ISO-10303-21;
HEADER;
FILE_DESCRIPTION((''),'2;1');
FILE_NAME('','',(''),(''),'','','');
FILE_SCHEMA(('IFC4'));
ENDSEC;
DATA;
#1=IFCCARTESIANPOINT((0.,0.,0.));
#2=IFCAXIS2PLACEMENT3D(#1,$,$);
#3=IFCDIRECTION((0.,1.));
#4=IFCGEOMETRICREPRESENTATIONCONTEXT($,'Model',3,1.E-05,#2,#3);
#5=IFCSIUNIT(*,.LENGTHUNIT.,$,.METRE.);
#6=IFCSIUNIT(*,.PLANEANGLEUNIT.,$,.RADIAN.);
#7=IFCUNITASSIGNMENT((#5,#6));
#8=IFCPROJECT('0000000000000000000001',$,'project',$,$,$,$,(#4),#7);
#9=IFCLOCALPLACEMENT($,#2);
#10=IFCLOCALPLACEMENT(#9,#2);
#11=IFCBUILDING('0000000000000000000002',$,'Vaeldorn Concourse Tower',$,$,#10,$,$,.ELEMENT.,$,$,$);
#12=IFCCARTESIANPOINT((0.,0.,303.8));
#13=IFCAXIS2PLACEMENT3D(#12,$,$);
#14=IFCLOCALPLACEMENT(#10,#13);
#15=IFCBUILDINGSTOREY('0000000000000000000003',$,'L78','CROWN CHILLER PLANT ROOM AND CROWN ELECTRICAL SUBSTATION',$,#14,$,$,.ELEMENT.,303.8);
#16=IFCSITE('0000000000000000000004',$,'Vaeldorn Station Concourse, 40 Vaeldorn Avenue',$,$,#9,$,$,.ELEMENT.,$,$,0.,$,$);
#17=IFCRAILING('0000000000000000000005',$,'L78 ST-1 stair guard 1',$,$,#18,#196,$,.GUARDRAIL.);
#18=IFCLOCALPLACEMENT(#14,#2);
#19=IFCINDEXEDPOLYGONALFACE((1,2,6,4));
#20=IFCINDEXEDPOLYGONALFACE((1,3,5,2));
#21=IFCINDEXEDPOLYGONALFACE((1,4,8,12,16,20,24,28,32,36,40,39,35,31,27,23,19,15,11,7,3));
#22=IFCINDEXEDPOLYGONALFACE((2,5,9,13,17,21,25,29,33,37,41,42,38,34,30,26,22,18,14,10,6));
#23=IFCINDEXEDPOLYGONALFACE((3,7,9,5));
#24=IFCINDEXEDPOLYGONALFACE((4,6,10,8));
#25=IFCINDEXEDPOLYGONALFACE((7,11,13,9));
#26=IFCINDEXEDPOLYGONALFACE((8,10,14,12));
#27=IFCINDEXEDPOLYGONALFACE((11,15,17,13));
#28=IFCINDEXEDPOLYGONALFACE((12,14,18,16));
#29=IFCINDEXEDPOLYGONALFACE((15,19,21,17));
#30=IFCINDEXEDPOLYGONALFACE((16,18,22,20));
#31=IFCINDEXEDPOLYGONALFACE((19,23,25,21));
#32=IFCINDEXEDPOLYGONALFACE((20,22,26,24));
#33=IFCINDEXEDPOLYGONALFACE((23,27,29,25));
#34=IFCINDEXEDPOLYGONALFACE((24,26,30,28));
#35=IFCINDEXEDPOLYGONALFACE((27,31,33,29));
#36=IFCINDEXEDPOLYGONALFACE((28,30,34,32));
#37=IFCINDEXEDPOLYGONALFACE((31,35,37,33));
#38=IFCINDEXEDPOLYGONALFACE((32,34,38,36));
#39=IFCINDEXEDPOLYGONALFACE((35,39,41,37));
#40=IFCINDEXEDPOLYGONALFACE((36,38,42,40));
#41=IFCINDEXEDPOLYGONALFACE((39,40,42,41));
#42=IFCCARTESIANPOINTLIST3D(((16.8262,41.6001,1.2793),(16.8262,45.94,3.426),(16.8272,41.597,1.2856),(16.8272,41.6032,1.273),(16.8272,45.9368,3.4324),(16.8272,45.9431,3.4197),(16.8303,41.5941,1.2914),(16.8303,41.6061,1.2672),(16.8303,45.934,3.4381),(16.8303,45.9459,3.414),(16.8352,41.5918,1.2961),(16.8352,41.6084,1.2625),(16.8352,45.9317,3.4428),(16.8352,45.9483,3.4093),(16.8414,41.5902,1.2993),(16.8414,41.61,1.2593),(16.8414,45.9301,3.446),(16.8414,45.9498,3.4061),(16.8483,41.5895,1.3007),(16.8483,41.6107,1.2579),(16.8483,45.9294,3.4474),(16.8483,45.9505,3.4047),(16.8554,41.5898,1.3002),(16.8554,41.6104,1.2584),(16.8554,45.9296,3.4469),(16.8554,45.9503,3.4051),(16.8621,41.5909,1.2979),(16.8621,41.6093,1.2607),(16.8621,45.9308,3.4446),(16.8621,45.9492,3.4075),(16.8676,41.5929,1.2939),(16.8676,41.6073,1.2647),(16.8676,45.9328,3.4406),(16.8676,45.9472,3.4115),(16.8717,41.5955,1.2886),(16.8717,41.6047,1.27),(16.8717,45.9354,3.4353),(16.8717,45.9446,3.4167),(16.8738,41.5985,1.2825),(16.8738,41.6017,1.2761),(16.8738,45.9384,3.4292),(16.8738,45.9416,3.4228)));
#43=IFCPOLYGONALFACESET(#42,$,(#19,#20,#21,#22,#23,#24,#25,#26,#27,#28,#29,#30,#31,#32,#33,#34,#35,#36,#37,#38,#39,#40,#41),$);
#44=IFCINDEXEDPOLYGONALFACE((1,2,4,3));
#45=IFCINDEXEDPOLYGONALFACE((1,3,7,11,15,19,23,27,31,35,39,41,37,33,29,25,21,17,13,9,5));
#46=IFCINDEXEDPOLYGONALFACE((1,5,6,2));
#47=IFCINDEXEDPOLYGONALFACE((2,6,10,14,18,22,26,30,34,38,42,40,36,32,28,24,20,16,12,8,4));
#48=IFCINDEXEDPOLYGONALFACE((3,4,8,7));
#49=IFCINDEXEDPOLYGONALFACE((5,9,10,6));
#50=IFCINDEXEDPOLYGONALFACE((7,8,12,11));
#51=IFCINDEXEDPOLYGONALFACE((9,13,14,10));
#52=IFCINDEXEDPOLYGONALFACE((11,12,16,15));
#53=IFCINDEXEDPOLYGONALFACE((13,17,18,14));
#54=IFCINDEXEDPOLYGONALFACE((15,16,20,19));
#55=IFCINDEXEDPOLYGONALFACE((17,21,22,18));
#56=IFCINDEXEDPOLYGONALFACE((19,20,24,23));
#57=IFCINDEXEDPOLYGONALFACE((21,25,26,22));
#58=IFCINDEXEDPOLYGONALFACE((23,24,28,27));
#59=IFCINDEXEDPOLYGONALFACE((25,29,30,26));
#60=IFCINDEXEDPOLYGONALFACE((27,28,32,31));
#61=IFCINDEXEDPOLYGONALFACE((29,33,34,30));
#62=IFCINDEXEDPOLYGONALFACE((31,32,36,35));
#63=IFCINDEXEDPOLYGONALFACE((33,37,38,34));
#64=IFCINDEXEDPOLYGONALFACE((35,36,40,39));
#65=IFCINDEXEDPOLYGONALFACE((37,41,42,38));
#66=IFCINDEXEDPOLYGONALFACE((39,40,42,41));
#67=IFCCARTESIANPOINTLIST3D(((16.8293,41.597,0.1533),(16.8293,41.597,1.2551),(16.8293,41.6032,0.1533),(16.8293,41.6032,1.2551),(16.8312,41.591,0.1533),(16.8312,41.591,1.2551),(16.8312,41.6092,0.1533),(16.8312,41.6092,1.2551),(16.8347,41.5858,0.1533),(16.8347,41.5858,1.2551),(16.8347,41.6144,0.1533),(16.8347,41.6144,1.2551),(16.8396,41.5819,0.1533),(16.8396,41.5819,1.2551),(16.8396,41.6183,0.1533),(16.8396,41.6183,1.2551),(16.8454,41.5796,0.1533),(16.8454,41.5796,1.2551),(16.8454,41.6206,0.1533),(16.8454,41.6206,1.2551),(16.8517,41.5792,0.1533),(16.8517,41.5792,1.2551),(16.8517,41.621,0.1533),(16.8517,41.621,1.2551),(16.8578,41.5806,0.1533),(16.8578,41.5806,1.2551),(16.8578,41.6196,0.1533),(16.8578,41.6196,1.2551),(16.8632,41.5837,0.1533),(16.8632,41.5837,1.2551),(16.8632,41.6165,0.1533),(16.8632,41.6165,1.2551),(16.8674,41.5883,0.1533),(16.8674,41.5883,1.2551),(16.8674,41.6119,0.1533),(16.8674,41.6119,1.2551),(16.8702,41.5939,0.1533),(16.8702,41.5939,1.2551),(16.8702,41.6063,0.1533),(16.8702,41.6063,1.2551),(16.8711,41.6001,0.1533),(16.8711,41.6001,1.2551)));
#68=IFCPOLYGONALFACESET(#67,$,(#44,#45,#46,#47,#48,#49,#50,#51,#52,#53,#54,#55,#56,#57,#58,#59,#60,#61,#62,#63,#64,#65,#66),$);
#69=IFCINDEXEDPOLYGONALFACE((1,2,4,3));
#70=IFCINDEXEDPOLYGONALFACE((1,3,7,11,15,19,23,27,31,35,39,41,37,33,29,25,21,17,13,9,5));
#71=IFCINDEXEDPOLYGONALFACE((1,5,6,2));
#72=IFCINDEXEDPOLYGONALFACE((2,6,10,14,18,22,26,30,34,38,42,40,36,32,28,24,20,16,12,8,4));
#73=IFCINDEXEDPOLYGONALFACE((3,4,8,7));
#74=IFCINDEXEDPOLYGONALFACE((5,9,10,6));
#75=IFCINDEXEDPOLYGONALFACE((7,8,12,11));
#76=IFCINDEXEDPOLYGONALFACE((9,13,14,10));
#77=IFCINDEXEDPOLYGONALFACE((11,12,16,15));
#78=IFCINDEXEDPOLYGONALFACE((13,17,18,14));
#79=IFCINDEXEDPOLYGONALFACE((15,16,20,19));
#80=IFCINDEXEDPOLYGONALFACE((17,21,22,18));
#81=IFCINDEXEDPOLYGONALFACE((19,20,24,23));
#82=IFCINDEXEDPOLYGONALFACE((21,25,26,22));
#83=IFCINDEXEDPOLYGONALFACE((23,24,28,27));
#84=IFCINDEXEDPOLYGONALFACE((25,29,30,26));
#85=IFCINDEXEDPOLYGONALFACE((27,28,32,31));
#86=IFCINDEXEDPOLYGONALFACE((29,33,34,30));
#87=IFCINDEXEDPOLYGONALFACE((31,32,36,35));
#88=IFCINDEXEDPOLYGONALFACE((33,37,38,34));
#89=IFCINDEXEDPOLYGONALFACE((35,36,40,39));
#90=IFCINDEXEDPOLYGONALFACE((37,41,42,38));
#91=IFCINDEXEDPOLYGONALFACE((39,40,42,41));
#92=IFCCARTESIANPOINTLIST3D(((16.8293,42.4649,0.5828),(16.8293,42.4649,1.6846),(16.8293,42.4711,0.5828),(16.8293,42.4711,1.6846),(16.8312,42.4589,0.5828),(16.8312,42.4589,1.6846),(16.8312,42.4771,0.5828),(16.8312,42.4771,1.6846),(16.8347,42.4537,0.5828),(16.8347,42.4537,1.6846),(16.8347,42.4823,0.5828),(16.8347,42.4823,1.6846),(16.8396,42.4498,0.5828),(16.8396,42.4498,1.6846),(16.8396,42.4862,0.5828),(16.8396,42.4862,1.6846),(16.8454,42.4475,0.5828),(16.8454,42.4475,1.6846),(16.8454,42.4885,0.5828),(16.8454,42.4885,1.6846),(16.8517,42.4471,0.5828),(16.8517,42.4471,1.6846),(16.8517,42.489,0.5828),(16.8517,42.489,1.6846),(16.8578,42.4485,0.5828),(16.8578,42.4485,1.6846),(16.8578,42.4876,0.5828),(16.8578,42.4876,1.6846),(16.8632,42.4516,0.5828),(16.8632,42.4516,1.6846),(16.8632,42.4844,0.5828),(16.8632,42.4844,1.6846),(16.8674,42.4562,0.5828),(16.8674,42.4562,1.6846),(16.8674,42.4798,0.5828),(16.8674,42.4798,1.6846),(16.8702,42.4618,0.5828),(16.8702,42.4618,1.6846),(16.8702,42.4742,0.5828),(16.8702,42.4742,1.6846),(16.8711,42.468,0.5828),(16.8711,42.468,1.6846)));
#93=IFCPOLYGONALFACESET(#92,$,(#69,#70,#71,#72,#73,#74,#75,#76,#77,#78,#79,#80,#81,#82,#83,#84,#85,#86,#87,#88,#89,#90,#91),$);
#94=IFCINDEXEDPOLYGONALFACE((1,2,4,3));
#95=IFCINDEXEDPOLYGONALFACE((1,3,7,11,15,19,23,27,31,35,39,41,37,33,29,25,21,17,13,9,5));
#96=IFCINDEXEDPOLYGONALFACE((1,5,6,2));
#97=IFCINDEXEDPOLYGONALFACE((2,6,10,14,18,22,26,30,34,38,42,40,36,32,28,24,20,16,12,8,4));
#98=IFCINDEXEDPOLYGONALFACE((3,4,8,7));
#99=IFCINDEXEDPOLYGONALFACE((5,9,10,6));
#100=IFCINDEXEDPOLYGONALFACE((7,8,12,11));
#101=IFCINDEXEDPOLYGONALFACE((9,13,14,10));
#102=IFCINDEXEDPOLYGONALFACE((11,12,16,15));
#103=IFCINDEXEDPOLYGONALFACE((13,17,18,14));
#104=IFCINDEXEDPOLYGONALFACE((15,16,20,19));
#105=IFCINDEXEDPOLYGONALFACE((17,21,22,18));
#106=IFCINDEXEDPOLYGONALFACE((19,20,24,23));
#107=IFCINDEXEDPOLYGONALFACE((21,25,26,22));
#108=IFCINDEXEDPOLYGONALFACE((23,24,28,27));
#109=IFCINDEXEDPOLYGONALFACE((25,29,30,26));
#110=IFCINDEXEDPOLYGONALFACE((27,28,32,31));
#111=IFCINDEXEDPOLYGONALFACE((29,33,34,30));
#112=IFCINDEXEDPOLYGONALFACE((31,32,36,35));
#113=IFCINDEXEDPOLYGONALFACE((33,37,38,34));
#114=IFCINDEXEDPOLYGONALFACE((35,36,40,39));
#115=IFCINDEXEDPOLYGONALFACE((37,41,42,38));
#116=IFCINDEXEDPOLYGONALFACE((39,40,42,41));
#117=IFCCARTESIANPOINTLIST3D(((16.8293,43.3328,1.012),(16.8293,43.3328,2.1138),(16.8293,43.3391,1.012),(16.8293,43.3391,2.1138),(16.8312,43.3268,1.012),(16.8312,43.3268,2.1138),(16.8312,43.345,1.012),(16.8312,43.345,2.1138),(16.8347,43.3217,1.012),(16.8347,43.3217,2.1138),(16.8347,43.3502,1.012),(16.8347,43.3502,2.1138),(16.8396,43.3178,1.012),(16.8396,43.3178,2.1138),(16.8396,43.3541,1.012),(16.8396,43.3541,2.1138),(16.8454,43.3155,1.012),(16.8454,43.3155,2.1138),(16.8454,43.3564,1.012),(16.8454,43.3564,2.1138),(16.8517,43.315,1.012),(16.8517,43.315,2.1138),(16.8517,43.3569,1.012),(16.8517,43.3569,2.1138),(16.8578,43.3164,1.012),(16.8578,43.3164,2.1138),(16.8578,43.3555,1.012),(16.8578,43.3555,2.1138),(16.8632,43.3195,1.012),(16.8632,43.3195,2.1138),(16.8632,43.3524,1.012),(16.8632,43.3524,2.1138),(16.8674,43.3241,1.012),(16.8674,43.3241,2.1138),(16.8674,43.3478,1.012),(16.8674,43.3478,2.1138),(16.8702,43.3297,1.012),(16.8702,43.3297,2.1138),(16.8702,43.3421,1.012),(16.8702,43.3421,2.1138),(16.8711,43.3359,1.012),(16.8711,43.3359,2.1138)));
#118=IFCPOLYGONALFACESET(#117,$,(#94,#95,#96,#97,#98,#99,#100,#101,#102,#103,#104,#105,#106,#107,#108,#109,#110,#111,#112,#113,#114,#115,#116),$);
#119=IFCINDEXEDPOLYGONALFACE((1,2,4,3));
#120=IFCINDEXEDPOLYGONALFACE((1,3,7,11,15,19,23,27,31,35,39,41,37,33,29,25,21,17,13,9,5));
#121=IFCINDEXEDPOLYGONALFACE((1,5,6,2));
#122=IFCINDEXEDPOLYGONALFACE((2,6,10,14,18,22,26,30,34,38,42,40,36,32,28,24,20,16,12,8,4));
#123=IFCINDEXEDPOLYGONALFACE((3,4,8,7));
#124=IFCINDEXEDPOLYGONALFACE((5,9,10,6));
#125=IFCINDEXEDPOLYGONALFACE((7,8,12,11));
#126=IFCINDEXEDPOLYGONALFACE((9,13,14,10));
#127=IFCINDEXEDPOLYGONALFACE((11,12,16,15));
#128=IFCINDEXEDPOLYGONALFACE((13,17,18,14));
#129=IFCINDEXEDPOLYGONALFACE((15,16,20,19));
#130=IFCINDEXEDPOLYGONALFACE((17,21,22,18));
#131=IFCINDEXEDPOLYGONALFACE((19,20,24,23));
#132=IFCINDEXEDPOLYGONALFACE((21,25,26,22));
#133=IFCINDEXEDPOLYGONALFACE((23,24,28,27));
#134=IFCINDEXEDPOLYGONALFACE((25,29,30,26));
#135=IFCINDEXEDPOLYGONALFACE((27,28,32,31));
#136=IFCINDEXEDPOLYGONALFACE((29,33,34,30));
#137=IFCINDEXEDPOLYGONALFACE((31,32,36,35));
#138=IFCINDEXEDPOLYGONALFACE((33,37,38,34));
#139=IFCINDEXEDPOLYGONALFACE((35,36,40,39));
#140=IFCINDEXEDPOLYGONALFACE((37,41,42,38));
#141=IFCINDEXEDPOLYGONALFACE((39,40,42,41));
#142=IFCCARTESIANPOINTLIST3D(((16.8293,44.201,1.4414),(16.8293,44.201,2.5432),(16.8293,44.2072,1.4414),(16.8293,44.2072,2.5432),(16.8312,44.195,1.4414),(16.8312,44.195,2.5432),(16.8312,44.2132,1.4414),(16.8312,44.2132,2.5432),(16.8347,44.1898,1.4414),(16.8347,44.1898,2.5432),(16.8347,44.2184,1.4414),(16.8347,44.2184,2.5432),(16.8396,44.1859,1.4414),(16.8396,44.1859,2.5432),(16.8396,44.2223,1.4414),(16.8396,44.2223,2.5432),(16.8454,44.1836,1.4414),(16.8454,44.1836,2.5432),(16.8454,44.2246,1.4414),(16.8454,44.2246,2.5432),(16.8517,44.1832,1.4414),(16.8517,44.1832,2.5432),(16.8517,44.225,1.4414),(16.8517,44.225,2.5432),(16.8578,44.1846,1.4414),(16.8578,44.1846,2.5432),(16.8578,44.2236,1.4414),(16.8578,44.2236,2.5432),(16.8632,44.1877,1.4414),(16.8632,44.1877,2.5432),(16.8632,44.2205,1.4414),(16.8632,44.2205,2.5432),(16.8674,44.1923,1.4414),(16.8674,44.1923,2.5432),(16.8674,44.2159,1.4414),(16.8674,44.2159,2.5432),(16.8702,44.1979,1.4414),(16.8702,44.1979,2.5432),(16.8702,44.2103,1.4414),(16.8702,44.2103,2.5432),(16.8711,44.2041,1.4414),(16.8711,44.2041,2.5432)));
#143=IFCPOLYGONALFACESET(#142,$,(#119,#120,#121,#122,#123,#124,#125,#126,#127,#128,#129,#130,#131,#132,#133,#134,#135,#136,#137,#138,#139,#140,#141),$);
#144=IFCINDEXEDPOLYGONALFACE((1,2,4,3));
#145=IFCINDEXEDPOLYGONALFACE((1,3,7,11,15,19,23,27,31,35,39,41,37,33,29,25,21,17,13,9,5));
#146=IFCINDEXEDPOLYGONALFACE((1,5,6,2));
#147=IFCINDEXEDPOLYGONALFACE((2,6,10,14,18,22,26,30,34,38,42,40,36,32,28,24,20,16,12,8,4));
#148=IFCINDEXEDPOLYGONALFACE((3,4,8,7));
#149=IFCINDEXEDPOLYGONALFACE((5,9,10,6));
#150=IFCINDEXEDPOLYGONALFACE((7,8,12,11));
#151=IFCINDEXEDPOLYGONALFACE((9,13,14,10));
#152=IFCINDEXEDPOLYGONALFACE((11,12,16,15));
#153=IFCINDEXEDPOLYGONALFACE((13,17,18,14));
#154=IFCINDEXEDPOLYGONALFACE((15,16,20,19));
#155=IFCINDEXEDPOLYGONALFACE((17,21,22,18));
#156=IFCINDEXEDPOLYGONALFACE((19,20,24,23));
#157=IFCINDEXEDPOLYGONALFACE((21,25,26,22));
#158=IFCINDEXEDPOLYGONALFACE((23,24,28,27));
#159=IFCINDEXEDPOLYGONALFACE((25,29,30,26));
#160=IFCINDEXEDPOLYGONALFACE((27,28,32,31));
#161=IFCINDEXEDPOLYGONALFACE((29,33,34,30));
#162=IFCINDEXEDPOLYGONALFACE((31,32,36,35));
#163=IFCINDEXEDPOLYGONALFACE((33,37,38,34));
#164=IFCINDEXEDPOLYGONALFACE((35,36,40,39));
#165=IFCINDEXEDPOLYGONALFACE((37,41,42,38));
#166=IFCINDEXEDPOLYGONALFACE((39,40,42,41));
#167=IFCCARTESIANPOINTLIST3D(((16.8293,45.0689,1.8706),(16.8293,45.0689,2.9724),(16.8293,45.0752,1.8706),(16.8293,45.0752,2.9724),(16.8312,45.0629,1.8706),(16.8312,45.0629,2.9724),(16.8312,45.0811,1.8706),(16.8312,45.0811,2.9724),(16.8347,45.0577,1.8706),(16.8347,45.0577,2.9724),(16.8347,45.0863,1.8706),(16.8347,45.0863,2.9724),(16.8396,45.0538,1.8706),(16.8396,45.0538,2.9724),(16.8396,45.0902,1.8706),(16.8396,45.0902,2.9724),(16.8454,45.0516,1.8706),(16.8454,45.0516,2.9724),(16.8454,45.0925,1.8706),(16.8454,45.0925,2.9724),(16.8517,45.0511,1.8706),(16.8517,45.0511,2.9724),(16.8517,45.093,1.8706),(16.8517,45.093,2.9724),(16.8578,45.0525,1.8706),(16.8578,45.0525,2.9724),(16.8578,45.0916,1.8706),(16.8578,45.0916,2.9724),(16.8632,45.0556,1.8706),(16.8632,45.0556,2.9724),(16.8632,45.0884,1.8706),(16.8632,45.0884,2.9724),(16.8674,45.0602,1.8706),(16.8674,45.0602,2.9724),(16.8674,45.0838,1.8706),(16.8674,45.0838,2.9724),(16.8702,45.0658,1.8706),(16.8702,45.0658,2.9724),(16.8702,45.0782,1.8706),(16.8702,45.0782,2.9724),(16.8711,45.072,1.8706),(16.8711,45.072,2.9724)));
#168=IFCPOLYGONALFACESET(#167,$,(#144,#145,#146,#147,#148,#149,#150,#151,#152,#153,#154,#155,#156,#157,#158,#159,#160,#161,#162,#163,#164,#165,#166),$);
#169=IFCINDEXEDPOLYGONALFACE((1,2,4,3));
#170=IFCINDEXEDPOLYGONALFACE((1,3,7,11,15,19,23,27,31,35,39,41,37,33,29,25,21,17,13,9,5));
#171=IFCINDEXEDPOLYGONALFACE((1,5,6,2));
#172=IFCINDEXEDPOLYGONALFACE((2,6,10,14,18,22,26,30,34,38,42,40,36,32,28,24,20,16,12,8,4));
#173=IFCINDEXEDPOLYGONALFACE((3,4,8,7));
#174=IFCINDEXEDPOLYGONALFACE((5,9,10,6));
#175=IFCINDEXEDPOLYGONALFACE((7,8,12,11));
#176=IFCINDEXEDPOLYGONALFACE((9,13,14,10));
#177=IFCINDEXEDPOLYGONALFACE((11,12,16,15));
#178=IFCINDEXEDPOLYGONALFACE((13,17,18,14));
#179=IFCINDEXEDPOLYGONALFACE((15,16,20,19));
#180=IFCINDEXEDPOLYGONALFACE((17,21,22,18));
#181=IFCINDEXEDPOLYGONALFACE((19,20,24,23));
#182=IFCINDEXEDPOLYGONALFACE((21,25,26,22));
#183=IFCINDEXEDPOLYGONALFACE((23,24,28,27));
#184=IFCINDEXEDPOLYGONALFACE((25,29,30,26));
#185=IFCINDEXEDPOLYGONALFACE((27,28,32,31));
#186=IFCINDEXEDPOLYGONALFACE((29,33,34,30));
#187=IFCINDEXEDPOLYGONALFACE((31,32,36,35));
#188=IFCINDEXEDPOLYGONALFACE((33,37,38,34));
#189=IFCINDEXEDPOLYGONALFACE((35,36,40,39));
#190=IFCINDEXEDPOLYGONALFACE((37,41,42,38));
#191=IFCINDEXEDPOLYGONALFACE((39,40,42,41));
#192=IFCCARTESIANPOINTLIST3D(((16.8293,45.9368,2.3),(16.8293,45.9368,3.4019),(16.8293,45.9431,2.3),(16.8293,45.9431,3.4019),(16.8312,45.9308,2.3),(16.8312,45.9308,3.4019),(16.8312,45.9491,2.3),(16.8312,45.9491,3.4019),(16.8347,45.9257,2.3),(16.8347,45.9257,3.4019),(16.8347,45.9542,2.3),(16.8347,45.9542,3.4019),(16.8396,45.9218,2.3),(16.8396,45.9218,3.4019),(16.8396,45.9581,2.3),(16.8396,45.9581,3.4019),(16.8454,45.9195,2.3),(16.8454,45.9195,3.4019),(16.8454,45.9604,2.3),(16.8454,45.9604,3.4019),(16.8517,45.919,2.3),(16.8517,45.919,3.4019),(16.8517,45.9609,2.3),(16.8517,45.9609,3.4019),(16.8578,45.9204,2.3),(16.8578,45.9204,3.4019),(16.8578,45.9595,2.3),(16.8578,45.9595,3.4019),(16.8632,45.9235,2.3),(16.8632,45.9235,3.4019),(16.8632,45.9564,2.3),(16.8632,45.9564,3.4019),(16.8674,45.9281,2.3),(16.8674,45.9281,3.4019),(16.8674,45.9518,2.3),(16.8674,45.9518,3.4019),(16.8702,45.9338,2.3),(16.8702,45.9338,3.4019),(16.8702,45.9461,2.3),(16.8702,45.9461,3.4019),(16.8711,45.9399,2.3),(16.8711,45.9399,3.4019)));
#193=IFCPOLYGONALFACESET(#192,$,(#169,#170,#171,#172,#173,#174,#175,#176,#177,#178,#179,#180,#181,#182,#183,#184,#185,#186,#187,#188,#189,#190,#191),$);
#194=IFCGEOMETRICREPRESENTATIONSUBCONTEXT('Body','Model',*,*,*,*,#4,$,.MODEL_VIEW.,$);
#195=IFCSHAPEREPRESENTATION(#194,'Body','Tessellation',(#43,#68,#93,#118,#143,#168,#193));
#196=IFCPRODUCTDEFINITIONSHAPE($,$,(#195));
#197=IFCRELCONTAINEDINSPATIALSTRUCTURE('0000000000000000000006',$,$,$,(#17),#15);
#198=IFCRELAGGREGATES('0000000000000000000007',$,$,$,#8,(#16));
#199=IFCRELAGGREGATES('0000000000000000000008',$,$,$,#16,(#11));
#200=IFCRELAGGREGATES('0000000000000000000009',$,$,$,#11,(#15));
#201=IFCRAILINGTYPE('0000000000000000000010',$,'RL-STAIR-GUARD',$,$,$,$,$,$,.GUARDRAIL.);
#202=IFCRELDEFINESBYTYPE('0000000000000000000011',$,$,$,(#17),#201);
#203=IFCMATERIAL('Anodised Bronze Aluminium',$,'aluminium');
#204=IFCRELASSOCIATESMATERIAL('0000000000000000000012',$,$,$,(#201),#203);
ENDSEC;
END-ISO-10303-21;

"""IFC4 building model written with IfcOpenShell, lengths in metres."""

from ifc_helpers import new_model, si_unit, direction, frame, origin, origin_2d, place, context, subcontext, project, spatial, circle, extrude, material, type_object, element, save


model = new_model("IFC4")

# Units and contexts
model_context = context("Model", 3, precision=1e-05, world=origin(), true_north=direction((0.0, 1.0)))
body_context = subcontext(model_context, "Body", "Model", "MODEL_VIEW")
ifc_project = project(units=[si_unit("LENGTHUNIT", "METRE"), si_unit("PLANEANGLEUNIT", "RADIAN")], contexts=[model_context])

# Site, building, storey
site_placement = place(None, origin())
site = spatial("IfcSite", under=ifc_project, at=site_placement, Name="Vaeldorn Station Concourse, 40 Vaeldorn Avenue", CompositionType="ELEMENT", RefElevation=0.0)
building_placement = place(site_placement, origin())
building = spatial("IfcBuilding", under=site, at=building_placement, Name="Vaeldorn Concourse Tower", CompositionType="ELEMENT")
storey_placement = place(building_placement, frame((0.0, 0.0, 303.8)))
storey = spatial("IfcBuildingStorey", under=building, at=storey_placement, Name="L78", Description="CROWN CHILLER PLANT ROOM AND CROWN ELECTRICAL SUBSTATION", CompositionType="ELEMENT", Elevation=303.8)

# Shared definitions
ifc_material_1 = material(Name="Anodised Bronze Aluminium", Category="aluminium")

# Railing
railing_type_1 = type_object("IfcRailingType", Name="RL-STAIR-GUARD", PredefinedType="GUARDRAIL", material=ifc_material_1)
railing_1_placement = place(storey_placement, frame((16.8501, 41.6001, 0.1533)))
element("IfcRailing", 1, at=railing_1_placement, inside=storey, type_object=railing_type_1, Name="L78 ST-1 stair guard 1", PredefinedType="GUARDRAIL", context=body_context, shape_type="SweptSolid", body=[
    extrude(circle(Radius=0.0239, at=origin_2d()), frame((0.0, 0.0, 1.126), z_axis=(0.0, 0.896335, 0.443377), x_axis=(-1.0, 0.0, 0.0)), (0.0, 0.0, 1.0), 4.8418),
    extrude(circle(Radius=0.021, at=origin_2d()), origin(), (0.0, 0.0, 1.0), 1.1018),
    extrude(circle(Radius=0.021, at=origin_2d()), frame((0.0, 0.8679, 0.4294)), (0.0, 0.0, 1.0), 1.1018),
    extrude(circle(Radius=0.021, at=origin_2d()), frame((0.0, 1.7358, 0.8586)), (0.0, 0.0, 1.0), 1.1018),
    extrude(circle(Radius=0.021, at=origin_2d()), frame((0.0, 2.604, 1.2881)), (0.0, 0.0, 1.0), 1.1018),
    extrude(circle(Radius=0.021, at=origin_2d()), frame((0.0, 3.4719, 1.7173)), (0.0, 0.0, 1.0), 1.1018),
    extrude(circle(Radius=0.021, at=origin_2d()), frame((0.0, 4.3398, 2.1467)), (0.0, 0.0, 1.0), 1.1018),
])

save(model, "model.ifc")
